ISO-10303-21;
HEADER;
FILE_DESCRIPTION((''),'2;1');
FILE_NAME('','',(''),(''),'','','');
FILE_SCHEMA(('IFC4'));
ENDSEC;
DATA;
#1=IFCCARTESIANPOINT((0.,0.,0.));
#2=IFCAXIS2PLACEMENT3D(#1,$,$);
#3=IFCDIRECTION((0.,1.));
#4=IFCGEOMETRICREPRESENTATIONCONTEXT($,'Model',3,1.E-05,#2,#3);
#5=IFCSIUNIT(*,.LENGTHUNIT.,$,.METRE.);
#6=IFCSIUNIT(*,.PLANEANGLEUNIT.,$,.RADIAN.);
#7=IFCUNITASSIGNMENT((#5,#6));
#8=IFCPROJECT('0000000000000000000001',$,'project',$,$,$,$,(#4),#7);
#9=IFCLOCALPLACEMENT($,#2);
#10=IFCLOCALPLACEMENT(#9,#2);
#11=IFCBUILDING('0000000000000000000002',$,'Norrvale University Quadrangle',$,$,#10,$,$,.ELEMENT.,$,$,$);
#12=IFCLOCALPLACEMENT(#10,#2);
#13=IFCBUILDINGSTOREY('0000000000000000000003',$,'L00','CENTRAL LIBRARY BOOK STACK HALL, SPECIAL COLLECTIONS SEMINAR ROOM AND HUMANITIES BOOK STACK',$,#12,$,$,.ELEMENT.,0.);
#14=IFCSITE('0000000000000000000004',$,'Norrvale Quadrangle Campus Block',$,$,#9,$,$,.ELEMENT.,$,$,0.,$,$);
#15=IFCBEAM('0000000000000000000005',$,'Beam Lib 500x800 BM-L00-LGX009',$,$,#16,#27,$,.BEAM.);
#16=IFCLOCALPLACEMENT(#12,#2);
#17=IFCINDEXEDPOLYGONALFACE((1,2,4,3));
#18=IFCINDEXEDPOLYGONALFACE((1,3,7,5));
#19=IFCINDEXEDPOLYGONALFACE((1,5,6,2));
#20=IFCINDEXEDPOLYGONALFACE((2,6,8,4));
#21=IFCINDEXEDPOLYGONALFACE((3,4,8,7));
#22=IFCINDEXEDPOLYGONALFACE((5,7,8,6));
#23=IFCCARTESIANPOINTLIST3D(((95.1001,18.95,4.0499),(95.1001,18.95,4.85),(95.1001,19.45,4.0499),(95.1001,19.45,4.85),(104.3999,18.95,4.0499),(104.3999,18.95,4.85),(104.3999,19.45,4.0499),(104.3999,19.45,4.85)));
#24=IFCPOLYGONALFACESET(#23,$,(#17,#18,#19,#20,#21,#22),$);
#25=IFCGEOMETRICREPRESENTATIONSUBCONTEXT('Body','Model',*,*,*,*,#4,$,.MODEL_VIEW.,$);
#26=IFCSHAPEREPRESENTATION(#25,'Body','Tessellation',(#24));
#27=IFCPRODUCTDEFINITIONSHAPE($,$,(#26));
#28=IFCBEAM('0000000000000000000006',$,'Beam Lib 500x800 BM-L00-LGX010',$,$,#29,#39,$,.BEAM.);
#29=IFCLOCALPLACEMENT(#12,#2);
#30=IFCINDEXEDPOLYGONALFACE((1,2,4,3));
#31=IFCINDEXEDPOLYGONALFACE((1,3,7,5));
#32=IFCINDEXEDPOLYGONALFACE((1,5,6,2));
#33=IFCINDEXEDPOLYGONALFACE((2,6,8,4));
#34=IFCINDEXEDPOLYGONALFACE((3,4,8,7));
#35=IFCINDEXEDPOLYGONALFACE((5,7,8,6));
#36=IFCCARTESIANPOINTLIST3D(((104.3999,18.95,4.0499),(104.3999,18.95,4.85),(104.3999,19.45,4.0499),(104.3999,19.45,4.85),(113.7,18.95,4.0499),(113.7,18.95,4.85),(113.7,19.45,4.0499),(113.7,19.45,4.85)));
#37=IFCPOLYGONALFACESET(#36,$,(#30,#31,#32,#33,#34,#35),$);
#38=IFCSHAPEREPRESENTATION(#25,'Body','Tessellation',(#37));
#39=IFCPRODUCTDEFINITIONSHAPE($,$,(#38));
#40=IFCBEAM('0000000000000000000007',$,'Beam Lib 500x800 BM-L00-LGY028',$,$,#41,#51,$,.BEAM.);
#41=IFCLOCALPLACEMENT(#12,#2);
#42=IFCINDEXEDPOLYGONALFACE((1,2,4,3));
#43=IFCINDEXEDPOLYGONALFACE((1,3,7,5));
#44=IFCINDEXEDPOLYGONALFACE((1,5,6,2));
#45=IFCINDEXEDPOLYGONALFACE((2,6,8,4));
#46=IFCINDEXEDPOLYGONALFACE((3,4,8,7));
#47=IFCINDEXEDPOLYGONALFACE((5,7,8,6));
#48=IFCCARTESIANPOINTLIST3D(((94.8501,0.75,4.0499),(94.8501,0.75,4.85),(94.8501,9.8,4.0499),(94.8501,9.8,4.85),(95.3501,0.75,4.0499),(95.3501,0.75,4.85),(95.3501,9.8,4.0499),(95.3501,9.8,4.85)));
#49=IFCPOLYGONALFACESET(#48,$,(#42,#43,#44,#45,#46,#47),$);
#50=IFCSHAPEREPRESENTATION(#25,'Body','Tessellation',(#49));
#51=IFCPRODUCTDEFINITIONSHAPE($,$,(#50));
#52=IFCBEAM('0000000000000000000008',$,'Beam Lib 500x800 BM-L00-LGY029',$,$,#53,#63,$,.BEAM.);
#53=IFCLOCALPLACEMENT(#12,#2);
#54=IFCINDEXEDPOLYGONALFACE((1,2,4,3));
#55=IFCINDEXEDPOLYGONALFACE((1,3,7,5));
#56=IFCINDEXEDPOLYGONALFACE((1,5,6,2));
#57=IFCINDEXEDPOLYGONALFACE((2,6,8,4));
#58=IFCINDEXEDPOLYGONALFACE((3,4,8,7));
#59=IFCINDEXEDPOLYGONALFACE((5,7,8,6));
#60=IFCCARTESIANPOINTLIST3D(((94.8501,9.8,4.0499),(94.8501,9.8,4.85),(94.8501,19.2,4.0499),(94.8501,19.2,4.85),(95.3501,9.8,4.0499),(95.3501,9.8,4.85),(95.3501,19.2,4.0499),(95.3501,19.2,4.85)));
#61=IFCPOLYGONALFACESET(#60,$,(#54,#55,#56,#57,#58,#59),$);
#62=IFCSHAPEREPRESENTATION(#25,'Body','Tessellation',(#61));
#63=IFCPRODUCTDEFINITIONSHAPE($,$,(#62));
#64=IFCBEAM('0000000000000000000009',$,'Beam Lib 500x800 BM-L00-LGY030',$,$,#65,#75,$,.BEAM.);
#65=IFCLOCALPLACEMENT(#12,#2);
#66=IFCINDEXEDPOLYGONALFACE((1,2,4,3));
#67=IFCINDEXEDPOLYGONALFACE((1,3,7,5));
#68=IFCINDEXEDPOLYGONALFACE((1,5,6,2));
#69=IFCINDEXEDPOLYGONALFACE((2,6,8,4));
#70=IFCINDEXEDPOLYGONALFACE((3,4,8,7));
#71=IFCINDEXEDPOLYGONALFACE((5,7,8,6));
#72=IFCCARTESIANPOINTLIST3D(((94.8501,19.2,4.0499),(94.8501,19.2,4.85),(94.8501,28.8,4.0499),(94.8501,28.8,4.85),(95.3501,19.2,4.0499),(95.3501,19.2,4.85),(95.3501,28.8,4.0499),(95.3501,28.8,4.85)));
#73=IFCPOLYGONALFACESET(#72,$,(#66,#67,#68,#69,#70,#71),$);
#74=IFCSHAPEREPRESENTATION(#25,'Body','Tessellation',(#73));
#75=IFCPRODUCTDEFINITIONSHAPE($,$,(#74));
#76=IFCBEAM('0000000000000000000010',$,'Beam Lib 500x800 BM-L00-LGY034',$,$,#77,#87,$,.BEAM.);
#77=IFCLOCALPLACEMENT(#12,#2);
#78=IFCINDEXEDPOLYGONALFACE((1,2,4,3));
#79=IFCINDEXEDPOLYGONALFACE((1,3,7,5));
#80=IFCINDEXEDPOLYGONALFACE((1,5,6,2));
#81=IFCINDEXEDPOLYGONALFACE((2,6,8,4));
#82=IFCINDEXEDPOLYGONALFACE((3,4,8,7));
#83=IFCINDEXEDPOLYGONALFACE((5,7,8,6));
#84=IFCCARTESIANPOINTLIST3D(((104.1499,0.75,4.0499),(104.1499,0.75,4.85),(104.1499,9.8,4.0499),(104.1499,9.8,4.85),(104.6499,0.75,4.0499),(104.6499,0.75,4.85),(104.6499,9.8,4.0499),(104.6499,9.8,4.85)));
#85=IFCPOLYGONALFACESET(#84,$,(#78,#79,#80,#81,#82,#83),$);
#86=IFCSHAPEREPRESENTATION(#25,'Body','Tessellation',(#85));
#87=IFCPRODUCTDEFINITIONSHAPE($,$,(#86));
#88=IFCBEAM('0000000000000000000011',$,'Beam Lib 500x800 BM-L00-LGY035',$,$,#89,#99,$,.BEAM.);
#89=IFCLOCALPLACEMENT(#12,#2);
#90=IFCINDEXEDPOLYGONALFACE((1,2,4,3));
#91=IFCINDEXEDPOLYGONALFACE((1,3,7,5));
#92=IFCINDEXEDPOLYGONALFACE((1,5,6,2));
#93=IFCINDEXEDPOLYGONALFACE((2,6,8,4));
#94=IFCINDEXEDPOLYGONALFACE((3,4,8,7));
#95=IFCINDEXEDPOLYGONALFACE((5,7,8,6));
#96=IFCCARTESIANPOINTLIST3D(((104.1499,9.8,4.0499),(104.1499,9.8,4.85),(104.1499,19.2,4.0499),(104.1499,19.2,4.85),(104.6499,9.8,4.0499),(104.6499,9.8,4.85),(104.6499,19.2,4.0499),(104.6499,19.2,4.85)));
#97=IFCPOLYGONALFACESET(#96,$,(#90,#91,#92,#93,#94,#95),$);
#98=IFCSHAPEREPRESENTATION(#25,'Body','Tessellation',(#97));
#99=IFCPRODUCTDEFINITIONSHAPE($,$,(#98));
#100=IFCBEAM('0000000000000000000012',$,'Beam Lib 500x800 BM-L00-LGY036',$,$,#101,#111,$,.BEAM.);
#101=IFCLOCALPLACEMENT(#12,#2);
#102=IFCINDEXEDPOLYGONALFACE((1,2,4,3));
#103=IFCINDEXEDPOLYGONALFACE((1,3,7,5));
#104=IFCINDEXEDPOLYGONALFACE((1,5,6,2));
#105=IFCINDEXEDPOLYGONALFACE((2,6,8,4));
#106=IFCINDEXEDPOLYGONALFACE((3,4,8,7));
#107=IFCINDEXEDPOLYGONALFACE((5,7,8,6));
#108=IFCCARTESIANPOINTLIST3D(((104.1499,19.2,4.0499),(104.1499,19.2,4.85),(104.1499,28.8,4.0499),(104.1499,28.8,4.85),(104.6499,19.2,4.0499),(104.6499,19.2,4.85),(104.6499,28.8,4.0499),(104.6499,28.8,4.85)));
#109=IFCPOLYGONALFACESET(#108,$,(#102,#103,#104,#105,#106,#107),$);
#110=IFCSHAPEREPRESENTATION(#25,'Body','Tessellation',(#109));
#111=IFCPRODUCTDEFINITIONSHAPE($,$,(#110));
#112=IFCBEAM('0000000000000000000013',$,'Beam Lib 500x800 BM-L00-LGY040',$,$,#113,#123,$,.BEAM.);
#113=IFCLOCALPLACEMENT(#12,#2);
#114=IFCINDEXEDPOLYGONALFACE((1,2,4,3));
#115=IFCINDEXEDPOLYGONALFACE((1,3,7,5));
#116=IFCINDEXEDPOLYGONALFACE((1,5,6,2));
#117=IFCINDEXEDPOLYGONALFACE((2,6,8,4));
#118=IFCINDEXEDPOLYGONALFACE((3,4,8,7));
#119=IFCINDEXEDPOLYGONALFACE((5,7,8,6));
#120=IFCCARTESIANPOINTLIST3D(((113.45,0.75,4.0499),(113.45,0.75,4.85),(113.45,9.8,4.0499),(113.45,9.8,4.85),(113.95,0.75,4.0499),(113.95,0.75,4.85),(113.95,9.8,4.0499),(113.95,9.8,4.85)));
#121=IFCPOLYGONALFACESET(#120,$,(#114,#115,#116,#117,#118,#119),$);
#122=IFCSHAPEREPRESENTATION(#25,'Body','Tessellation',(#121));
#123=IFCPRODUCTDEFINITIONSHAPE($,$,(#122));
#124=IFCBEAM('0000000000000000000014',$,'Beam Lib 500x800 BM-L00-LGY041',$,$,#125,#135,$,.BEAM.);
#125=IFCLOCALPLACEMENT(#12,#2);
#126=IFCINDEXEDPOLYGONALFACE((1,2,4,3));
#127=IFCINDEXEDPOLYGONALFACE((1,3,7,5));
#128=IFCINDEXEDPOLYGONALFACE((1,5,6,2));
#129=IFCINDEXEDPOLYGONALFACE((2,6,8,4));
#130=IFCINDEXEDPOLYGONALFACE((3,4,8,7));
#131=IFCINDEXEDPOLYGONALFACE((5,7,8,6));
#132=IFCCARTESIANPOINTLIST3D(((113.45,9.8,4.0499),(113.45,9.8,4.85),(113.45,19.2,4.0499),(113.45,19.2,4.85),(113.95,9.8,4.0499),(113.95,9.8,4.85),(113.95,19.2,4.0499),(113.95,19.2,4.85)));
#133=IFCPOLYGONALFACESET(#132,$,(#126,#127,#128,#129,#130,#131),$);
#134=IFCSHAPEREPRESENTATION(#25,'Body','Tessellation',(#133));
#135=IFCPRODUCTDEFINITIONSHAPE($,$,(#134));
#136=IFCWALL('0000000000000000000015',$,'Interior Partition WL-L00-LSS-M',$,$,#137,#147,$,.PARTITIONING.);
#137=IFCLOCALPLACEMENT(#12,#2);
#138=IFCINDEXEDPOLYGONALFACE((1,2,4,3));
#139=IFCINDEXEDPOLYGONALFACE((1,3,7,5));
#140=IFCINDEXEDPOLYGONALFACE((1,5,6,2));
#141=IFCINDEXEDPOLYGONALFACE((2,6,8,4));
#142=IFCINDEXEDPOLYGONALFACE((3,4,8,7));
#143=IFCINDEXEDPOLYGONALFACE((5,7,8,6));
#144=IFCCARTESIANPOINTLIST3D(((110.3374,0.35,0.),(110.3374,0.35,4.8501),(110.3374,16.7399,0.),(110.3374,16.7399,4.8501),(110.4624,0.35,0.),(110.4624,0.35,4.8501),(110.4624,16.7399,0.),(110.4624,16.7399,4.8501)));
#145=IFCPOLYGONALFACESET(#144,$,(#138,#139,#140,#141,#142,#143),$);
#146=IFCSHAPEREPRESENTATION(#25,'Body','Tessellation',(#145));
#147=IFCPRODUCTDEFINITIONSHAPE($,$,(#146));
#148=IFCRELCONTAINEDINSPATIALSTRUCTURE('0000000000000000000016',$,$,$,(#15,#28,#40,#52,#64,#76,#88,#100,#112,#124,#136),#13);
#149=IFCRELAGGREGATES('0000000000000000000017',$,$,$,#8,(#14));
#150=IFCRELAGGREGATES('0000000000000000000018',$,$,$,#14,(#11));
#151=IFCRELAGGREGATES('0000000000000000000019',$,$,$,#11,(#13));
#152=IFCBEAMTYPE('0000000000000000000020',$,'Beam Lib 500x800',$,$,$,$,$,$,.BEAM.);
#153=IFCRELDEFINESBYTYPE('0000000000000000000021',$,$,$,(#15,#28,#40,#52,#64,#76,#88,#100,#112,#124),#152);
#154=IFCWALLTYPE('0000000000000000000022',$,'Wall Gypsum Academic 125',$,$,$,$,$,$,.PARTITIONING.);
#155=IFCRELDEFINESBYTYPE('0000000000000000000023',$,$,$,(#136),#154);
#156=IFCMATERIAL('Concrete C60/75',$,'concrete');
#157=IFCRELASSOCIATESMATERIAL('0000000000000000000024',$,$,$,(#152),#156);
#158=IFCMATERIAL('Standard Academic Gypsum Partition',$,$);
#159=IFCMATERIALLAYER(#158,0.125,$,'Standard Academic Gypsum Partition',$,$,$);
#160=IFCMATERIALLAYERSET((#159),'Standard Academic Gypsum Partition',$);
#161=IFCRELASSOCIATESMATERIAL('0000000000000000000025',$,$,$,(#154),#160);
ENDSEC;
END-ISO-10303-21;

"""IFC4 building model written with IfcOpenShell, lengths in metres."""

from ifc_helpers import new_model, si_unit, direction, frame, frame_2d, origin, origin_2d, place, context, subcontext, project, spatial, rectangle, extrude, material, layer, layer_set, material_profile, profile_set, type_object, element, save


model = new_model("IFC4")

# Units and contexts
model_context = context("Model", 3, precision=1e-05, world=origin(), true_north=direction((0.0, 1.0)))
body_context = subcontext(model_context, "Body", "Model", "MODEL_VIEW")
ifc_project = project(units=[si_unit("LENGTHUNIT", "METRE"), si_unit("PLANEANGLEUNIT", "RADIAN")], contexts=[model_context])

# Site, building, storey
site_placement = place(None, origin())
site = spatial("IfcSite", under=ifc_project, at=site_placement, Name="Norrvale Quadrangle Campus Block", CompositionType="ELEMENT", RefElevation=0.0)
building_placement = place(site_placement, origin())
building = spatial("IfcBuilding", under=site, at=building_placement, Name="Norrvale University Quadrangle", CompositionType="ELEMENT")
storey_placement = place(building_placement, origin())
storey = spatial("IfcBuildingStorey", under=building, at=storey_placement, Name="L00", Description="CENTRAL LIBRARY BOOK STACK HALL, SPECIAL COLLECTIONS SEMINAR ROOM AND HUMANITIES BOOK STACK", CompositionType="ELEMENT", Elevation=0.0)

# Shared definitions
ifc_material_1 = material(Name="Concrete C60/75", Category="concrete")

# Beams
ifc_material_profile_1 = material_profile(ifc_material_1, rectangle(XDim=0.5, YDim=0.8, at=origin_2d()), Name="Concrete C60/75")
ifc_profile_set_1 = profile_set([ifc_material_profile_1], Name="Concrete C60/75")
beam_type_1 = type_object("IfcBeamType", Name="Beam Lib 500x800", PredefinedType="BEAM", material=ifc_profile_set_1)
beam_1_placement = place(storey_placement, frame((95.1001, 19.2, 4.45), z_axis=(1.0, 0.0, 0.0), x_axis=(0.0, 1.0, 0.0)))
element("IfcBeam", 1, at=beam_1_placement, inside=storey, type_object=beam_type_1, Name="Beam Lib 500x800 BM-L00-LGX009", PredefinedType="BEAM", context=body_context, shape_type="SweptSolid", body=[
    extrude(rectangle(XDim=0.5, YDim=0.8, at=origin_2d()), origin(), (0.0, 0.0, 1.0), 9.2998),
])
beam_2_placement = place(storey_placement, frame((104.3999, 19.2, 4.45), z_axis=(1.0, 0.0, 0.0), x_axis=(0.0, 1.0, 0.0)))
element("IfcBeam", 2, at=beam_2_placement, inside=storey, type_object=beam_type_1, Name="Beam Lib 500x800 BM-L00-LGX010", PredefinedType="BEAM", context=body_context, shape_type="SweptSolid", body=[
    extrude(rectangle(XDim=0.5, YDim=0.8, at=origin_2d()), origin(), (0.0, 0.0, 1.0), 9.3),
])
beam_3_placement = place(storey_placement, frame((95.1001, 0.75, 4.45), z_axis=(0.0, 1.0, 0.0), x_axis=(-1.0, 0.0, 0.0)))
element("IfcBeam", 3, at=beam_3_placement, inside=storey, type_object=beam_type_1, Name="Beam Lib 500x800 BM-L00-LGY028", PredefinedType="BEAM", context=body_context, shape_type="SweptSolid", body=[
    extrude(rectangle(XDim=0.5, YDim=0.8, at=origin_2d()), origin(), (0.0, 0.0, 1.0), 9.05),
])
beam_4_placement = place(storey_placement, frame((95.1001, 9.8, 4.45), z_axis=(0.0, 1.0, 0.0), x_axis=(-1.0, 0.0, 0.0)))
element("IfcBeam", 4, at=beam_4_placement, inside=storey, type_object=beam_type_1, Name="Beam Lib 500x800 BM-L00-LGY029", PredefinedType="BEAM", context=body_context, shape_type="SweptSolid", body=[
    extrude(rectangle(XDim=0.5, YDim=0.8, at=origin_2d()), origin(), (0.0, 0.0, 1.0), 9.3999),
])
beam_5_placement = place(storey_placement, frame((95.1001, 19.2, 4.45), z_axis=(0.0, 1.0, 0.0), x_axis=(-1.0, 0.0, 0.0)))
element("IfcBeam", 5, at=beam_5_placement, inside=storey, type_object=beam_type_1, Name="Beam Lib 500x800 BM-L00-LGY030", PredefinedType="BEAM", context=body_context, shape_type="SweptSolid", body=[
    extrude(rectangle(XDim=0.5, YDim=0.8, at=origin_2d()), origin(), (0.0, 0.0, 1.0), 9.6001),
])
beam_6_placement = place(storey_placement, frame((104.3999, 0.75, 4.45), z_axis=(0.0, 1.0, 0.0), x_axis=(-1.0, 0.0, 0.0)))
element("IfcBeam", 6, at=beam_6_placement, inside=storey, type_object=beam_type_1, Name="Beam Lib 500x800 BM-L00-LGY034", PredefinedType="BEAM", context=body_context, shape_type="SweptSolid", body=[
    extrude(rectangle(XDim=0.5, YDim=0.8, at=origin_2d()), origin(), (0.0, 0.0, 1.0), 9.05),
])
beam_7_placement = place(storey_placement, frame((104.3999, 9.8, 4.45), z_axis=(0.0, 1.0, 0.0), x_axis=(-1.0, 0.0, 0.0)))
element("IfcBeam", 7, at=beam_7_placement, inside=storey, type_object=beam_type_1, Name="Beam Lib 500x800 BM-L00-LGY035", PredefinedType="BEAM", context=body_context, shape_type="SweptSolid", body=[
    extrude(rectangle(XDim=0.5, YDim=0.8, at=origin_2d()), origin(), (0.0, 0.0, 1.0), 9.3999),
])
beam_8_placement = place(storey_placement, frame((104.3999, 19.2, 4.45), z_axis=(0.0, 1.0, 0.0), x_axis=(-1.0, 0.0, 0.0)))
element("IfcBeam", 8, at=beam_8_placement, inside=storey, type_object=beam_type_1, Name="Beam Lib 500x800 BM-L00-LGY036", PredefinedType="BEAM", context=body_context, shape_type="SweptSolid", body=[
    extrude(rectangle(XDim=0.5, YDim=0.8, at=origin_2d()), origin(), (0.0, 0.0, 1.0), 9.6001),
])
beam_9_placement = place(storey_placement, frame((113.7, 0.75, 4.45), z_axis=(0.0, 1.0, 0.0), x_axis=(-1.0, 0.0, 0.0)))
element("IfcBeam", 9, at=beam_9_placement, inside=storey, type_object=beam_type_1, Name="Beam Lib 500x800 BM-L00-LGY040", PredefinedType="BEAM", context=body_context, shape_type="SweptSolid", body=[
    extrude(rectangle(XDim=0.5, YDim=0.8, at=origin_2d()), origin(), (0.0, 0.0, 1.0), 9.05),
])
beam_10_placement = place(storey_placement, frame((113.7, 9.8, 4.45), z_axis=(0.0, 1.0, 0.0), x_axis=(-1.0, 0.0, 0.0)))
element("IfcBeam", 10, at=beam_10_placement, inside=storey, type_object=beam_type_1, Name="Beam Lib 500x800 BM-L00-LGY041", PredefinedType="BEAM", context=body_context, shape_type="SweptSolid", body=[
    extrude(rectangle(XDim=0.5, YDim=0.8, at=origin_2d()), origin(), (0.0, 0.0, 1.0), 9.3999),
])

# Wall
ifc_material_2 = material(Name="Standard Academic Gypsum Partition")
ifc_layer = layer(ifc_material_2, 0.125, Name="Standard Academic Gypsum Partition")
ifc_layer_set = layer_set([ifc_layer], Name="Standard Academic Gypsum Partition")
wall_type = type_object("IfcWallType", Name="Wall Gypsum Academic 125", PredefinedType="PARTITIONING", material=ifc_layer_set)
wall_placement = place(storey_placement, frame((110.3999, 0.3501, 0.0), z_axis=(0.0, 0.0, 1.0), x_axis=(0.0, 1.0, 0.0)))
element("IfcWall", 11, at=wall_placement, inside=storey, type_object=wall_type, Name="Interior Partition WL-L00-LSS-M", PredefinedType="PARTITIONING", context=body_context, shape_type="SweptSolid", body=[
    extrude(rectangle(XDim=16.3899, YDim=0.125, at=frame_2d((8.1948, 0.0))), origin(), (0.0, 0.0, 1.0), 4.8501),
])

save(model, "model.ifc")
